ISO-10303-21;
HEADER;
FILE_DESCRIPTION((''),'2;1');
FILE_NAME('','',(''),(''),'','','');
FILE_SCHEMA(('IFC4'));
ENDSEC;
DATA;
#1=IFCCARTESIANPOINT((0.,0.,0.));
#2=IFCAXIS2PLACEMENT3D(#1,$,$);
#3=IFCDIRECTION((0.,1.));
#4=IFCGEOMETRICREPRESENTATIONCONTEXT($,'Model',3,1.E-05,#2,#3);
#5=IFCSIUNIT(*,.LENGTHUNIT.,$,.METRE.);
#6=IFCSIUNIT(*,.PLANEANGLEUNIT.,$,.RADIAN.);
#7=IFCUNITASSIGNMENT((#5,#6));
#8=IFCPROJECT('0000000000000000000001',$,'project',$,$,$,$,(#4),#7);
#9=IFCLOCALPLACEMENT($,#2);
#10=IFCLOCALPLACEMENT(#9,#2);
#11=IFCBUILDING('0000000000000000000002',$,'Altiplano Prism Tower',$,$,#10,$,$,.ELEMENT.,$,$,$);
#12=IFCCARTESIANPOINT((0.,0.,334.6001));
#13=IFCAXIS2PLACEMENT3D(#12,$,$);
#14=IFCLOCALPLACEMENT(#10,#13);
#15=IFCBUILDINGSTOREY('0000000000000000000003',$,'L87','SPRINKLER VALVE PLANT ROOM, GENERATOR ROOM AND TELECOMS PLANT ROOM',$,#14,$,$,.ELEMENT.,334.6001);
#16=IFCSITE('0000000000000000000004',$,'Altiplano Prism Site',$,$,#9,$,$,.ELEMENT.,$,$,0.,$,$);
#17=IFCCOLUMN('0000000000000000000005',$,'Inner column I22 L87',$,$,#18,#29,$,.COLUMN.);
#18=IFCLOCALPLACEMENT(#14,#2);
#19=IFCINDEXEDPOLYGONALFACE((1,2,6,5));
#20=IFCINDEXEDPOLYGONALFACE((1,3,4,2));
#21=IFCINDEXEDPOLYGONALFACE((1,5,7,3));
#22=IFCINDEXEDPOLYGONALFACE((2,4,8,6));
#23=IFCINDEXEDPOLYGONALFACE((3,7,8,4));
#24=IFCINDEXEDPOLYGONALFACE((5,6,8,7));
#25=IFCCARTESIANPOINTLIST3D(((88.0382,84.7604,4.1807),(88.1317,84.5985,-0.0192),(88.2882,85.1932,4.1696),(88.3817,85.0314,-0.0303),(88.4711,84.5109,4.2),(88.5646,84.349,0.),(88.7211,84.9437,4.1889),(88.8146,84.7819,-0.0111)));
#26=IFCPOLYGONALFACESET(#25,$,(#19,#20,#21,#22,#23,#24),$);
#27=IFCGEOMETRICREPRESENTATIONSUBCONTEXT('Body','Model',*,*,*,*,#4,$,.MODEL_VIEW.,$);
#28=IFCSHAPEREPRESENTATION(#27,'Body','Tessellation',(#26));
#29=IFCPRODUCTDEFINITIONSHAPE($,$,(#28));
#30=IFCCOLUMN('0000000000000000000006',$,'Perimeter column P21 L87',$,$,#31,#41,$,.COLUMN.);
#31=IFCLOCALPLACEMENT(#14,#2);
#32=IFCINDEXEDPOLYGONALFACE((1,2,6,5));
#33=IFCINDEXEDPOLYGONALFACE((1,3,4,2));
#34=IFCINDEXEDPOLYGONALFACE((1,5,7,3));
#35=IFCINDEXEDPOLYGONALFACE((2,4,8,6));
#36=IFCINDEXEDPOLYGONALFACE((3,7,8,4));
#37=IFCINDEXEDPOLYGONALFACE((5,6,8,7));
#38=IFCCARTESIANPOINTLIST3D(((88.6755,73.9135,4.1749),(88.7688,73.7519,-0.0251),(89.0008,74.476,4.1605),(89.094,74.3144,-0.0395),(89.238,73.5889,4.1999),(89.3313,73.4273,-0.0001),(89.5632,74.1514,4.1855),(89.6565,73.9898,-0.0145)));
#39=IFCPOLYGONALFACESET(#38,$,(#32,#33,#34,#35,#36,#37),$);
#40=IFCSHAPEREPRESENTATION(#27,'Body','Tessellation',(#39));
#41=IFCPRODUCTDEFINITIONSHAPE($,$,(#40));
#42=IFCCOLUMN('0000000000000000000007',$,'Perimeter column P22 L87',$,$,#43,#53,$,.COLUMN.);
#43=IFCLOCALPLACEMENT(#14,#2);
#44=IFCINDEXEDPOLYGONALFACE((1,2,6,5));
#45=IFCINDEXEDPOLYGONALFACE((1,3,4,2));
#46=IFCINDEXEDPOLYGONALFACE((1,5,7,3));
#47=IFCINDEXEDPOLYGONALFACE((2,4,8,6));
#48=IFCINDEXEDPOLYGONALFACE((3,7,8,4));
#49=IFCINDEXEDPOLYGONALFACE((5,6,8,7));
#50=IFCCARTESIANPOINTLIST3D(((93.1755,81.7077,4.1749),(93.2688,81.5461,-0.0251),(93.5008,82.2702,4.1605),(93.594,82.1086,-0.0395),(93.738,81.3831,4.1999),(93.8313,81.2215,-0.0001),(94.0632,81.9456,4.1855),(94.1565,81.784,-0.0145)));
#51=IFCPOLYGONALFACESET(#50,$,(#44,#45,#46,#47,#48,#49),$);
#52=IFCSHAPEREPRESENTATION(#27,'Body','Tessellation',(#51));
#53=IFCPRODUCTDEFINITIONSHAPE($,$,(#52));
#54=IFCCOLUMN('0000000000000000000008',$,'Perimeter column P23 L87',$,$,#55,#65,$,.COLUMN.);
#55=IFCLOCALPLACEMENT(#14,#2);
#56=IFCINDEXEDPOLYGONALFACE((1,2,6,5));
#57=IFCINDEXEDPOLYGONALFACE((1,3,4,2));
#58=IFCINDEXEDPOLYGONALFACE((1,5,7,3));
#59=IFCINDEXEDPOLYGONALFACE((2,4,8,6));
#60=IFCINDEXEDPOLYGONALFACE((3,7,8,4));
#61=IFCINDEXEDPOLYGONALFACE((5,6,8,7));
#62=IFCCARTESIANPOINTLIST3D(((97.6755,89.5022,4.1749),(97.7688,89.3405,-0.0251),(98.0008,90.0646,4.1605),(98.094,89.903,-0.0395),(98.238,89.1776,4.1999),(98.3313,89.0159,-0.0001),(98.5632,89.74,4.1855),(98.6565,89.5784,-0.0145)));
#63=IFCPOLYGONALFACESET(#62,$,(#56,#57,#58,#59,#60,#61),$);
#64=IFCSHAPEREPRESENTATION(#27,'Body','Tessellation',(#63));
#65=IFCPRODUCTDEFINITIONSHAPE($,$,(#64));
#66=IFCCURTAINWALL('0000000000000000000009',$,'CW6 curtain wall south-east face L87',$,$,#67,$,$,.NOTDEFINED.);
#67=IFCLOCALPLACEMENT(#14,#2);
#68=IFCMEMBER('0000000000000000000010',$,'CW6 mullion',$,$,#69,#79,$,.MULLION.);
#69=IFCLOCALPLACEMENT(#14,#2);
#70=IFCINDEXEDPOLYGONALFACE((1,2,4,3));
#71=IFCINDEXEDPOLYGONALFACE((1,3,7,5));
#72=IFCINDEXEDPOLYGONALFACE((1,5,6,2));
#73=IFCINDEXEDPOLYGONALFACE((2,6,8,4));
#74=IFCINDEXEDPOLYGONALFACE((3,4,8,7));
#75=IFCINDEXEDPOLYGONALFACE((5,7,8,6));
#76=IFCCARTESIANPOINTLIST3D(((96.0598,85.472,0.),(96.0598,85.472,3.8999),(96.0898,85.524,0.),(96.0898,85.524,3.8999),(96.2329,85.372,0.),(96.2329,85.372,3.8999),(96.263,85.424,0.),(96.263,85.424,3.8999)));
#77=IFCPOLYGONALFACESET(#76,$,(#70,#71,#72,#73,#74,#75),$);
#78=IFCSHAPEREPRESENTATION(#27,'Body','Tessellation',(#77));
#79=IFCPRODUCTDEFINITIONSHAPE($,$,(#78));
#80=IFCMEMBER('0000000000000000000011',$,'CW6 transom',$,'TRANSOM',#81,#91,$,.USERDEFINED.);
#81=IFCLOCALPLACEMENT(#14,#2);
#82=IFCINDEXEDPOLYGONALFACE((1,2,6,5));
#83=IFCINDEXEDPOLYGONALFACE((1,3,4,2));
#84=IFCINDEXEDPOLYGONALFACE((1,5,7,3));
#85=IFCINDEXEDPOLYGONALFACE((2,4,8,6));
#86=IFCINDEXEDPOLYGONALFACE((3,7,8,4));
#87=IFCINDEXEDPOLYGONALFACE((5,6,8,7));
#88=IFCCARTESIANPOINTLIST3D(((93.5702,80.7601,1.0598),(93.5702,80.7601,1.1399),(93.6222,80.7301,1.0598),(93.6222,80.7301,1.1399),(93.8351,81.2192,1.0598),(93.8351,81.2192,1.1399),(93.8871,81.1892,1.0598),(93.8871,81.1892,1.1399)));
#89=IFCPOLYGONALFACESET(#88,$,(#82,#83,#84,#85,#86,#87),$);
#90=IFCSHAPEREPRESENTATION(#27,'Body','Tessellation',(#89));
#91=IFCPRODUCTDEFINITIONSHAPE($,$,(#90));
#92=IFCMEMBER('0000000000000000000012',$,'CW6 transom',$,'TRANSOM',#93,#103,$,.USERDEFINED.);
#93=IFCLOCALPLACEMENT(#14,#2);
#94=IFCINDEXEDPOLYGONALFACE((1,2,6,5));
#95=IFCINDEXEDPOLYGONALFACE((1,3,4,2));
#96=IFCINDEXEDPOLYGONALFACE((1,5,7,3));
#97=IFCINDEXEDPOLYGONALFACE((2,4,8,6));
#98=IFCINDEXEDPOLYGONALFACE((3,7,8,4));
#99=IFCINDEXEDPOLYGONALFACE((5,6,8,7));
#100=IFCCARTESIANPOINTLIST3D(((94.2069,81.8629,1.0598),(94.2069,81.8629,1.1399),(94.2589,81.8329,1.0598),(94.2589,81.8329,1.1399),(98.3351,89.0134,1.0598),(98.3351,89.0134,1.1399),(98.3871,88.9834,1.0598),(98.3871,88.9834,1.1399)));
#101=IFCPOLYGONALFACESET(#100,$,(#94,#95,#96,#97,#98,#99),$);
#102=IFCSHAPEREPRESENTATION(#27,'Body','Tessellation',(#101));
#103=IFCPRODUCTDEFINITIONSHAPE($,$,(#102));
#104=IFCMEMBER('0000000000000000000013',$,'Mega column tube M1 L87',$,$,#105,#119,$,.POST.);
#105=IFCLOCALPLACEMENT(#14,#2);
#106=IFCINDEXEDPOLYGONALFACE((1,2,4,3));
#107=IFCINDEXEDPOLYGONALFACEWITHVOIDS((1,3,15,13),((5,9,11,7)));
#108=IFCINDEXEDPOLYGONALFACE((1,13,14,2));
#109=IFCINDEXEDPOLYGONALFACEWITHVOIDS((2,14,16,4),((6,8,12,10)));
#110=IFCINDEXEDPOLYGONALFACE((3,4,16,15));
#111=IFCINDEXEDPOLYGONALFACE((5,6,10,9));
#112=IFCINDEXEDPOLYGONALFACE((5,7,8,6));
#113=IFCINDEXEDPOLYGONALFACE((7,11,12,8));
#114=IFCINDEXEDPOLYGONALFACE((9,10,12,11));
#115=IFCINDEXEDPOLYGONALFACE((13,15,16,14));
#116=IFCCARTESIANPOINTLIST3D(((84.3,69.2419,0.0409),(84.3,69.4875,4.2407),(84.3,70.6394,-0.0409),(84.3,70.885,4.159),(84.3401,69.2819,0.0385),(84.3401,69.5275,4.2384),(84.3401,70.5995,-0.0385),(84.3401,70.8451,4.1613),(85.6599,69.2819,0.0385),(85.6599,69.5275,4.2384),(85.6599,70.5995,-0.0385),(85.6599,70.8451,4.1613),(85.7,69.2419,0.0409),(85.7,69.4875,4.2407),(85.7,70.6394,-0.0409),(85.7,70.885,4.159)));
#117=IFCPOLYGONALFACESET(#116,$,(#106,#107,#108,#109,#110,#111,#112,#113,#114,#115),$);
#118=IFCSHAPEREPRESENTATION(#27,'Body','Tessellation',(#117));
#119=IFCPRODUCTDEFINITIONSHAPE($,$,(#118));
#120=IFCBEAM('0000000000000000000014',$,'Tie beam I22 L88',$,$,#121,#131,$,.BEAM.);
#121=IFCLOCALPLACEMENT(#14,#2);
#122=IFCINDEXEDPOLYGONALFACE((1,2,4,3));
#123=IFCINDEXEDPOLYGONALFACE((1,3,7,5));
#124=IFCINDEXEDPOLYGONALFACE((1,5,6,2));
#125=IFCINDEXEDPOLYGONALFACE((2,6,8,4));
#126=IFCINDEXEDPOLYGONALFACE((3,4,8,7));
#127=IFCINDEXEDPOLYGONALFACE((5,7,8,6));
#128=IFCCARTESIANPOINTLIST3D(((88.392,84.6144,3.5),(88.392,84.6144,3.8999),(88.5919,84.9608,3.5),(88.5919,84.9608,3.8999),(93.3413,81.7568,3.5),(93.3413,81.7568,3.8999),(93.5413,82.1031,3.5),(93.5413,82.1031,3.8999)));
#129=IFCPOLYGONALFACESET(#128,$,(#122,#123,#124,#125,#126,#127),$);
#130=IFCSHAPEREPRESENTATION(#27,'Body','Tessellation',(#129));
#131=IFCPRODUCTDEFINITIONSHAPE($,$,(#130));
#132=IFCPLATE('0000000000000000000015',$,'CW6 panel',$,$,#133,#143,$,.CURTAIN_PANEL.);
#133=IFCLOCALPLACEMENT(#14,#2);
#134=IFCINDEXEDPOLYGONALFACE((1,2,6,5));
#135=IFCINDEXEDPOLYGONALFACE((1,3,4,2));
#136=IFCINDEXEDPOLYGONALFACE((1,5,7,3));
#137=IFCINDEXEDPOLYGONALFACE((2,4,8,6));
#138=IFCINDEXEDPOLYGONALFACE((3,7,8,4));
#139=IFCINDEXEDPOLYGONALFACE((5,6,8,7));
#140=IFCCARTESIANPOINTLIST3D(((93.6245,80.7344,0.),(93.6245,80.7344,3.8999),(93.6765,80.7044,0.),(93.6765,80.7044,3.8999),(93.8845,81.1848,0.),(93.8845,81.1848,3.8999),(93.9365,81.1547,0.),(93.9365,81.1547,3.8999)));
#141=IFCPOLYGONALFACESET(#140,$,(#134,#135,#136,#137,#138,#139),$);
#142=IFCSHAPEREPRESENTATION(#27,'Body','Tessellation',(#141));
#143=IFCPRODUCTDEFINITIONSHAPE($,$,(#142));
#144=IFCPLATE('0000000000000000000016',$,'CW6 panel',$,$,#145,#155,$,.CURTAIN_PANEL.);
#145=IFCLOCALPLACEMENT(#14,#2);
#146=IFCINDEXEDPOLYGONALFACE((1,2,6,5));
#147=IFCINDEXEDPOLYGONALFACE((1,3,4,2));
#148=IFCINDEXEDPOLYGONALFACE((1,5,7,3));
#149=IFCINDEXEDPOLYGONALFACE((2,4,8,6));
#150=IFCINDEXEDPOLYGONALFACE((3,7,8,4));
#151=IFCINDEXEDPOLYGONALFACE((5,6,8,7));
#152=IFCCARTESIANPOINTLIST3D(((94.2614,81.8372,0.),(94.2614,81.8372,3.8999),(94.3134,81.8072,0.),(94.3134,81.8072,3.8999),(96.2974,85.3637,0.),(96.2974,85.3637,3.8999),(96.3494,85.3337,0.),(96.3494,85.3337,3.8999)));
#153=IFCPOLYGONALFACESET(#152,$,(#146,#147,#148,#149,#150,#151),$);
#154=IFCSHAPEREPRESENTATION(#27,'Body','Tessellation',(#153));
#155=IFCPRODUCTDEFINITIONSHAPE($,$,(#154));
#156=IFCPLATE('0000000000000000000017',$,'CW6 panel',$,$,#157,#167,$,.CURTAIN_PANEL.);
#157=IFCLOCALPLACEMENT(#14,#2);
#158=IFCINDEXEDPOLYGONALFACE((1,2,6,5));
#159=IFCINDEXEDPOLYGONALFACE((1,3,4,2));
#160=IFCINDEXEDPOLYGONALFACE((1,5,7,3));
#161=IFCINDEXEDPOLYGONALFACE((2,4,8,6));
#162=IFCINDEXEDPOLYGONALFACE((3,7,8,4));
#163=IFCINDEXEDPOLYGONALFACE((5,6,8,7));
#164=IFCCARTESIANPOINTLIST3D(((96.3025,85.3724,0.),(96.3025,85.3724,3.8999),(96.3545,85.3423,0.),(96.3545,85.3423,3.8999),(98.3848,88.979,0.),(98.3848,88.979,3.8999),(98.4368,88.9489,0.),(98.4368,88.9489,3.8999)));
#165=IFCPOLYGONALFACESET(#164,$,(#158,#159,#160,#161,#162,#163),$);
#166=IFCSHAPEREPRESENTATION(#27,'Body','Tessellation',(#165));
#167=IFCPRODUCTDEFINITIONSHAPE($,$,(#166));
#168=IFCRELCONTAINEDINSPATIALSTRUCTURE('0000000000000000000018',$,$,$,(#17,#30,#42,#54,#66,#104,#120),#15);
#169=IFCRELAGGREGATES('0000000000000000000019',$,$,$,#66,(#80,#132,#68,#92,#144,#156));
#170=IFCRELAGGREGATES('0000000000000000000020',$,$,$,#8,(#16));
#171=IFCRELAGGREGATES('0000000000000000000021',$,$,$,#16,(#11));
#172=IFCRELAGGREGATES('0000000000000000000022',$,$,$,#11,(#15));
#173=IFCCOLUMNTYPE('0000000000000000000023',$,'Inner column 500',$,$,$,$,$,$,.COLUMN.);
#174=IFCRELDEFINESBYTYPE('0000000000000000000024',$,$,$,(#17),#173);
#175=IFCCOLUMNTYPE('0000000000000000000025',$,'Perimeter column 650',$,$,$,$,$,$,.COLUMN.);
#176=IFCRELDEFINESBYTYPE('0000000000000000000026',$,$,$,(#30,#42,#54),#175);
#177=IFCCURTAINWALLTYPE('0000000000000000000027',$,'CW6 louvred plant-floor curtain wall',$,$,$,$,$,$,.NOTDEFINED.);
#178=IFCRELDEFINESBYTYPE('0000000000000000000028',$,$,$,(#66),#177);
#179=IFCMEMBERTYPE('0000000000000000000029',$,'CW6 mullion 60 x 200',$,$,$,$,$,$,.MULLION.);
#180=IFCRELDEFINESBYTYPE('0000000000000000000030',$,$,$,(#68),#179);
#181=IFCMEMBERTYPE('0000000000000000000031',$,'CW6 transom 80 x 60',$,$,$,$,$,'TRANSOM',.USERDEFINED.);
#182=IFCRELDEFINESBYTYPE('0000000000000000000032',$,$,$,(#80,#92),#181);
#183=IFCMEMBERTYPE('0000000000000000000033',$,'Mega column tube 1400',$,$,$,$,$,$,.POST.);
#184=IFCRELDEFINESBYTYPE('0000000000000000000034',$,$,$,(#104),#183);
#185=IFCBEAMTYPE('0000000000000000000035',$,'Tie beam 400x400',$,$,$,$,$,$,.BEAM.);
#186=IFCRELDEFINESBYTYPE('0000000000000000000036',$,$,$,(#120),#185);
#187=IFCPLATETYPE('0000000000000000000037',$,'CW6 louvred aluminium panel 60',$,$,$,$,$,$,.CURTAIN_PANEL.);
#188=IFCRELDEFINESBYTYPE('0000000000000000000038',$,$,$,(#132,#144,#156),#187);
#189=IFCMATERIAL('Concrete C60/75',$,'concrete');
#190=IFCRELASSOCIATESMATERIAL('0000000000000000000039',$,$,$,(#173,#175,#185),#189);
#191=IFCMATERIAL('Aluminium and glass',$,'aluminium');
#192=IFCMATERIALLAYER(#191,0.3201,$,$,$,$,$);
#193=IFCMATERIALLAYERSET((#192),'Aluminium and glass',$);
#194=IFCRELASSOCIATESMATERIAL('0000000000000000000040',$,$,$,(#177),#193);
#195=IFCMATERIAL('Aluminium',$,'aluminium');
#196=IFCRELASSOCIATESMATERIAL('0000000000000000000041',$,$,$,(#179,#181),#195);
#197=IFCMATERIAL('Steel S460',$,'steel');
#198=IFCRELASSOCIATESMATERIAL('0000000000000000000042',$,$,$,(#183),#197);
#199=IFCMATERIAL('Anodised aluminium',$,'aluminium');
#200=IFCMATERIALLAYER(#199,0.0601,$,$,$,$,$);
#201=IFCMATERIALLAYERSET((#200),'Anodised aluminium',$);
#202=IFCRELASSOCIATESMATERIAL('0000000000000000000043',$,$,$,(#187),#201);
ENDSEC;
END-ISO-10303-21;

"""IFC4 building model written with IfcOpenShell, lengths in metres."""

from ifc_helpers import new_model, si_unit, direction, frame, origin, origin_2d, place, context, subcontext, project, spatial, rectangle, hollow_rectangle, extrude, material, layer, layer_set, material_profile, profile_set, type_object, element, aggregate, save


model = new_model("IFC4")

# Units and contexts
model_context = context("Model", 3, precision=1e-05, world=origin(), true_north=direction((0.0, 1.0)))
body_context = subcontext(model_context, "Body", "Model", "MODEL_VIEW")
ifc_project = project(units=[si_unit("LENGTHUNIT", "METRE"), si_unit("PLANEANGLEUNIT", "RADIAN")], contexts=[model_context])

# Site, building, storey
site_placement = place(None, origin())
site = spatial("IfcSite", under=ifc_project, at=site_placement, Name="Altiplano Prism Site", CompositionType="ELEMENT", RefElevation=0.0)
building_placement = place(site_placement, origin())
building = spatial("IfcBuilding", under=site, at=building_placement, Name="Altiplano Prism Tower", CompositionType="ELEMENT")
storey_placement = place(building_placement, frame((0.0, 0.0, 334.6001)))
storey = spatial("IfcBuildingStorey", under=building, at=storey_placement, Name="L87", Description="SPRINKLER VALVE PLANT ROOM, GENERATOR ROOM AND TELECOMS PLANT ROOM", CompositionType="ELEMENT", Elevation=334.6001)

# Columns
ifc_material_1 = material(Name="Concrete C60/75", Category="concrete")
ifc_material_profile_1 = material_profile(ifc_material_1, rectangle(XDim=0.5, YDim=0.5, at=origin_2d()), Name="Inner column 500")
ifc_profile_set_1 = profile_set([ifc_material_profile_1], Name="Concrete C60/75")
column_type_1 = type_object("IfcColumnType", Name="Inner column 500", PredefinedType="COLUMN", material=ifc_profile_set_1)
column_placement = place(storey_placement, frame((88.4731, 84.6902, -0.0151), z_axis=(-0.022242, 0.038502, 0.999011), x_axis=(-0.500034, -0.86572, 0.022232)))
element("IfcColumn", 1, at=column_placement, inside=storey, type_object=column_type_1, Name="Inner column I22 L87", PredefinedType="COLUMN", context=body_context, shape_type="SweptSolid", body=[
    extrude(rectangle(XDim=0.5, YDim=0.5, at=origin_2d()), origin(), (0.0, 0.0, 1.0), 4.2041),
])
ifc_material_profile_2 = material_profile(ifc_material_1, rectangle(XDim=0.6499, YDim=0.6499, at=origin_2d()), Name="Perimeter column 650")
ifc_profile_set_2 = profile_set([ifc_material_profile_2], Name="Concrete C60/75")
column_type_2 = type_object("IfcColumnType", Name="Perimeter column 650", PredefinedType="COLUMN", material=ifc_profile_set_2)
for number, where, z_axis, x_axis, name in (
    (2, (89.2126, 73.8708, -0.0198), (-0.022184, 0.038444, 0.999014), (-0.500448, -0.865482, 0.022193), "Perimeter column P21 L87"),
    (3, (93.7126, 81.665, -0.0198), (-0.022184, 0.038444, 0.999014), (-0.500448, -0.865482, 0.022193), "Perimeter column P22 L87"),
    (4, (98.2126, 89.4595, -0.0198), (-0.022184, 0.038444, 0.999014), (-0.500456, -0.865478, 0.022192), "Perimeter column P23 L87"),
):
    element("IfcColumn", number, at=place(storey_placement, frame(where, z_axis=z_axis, x_axis=x_axis)), inside=storey, type_object=column_type_2, Name=name, PredefinedType="COLUMN", context=body_context, shape_type="SweptSolid", body=[
        extrude(rectangle(XDim=0.6499, YDim=0.6499, at=origin_2d()), origin(), (0.0, 0.0, 1.0), 4.2041),
    ])

# Curtain wall, members
ifc_material_2 = material(Name="Aluminium and glass", Category="aluminium")
ifc_layer_1 = layer(ifc_material_2, 0.3201)
ifc_layer_set_1 = layer_set([ifc_layer_1], Name="Aluminium and glass")
curtain_wall_type = type_object("IfcCurtainWallType", Name="CW6 louvred plant-floor curtain wall", PredefinedType="NOTDEFINED", material=ifc_layer_set_1)
curtain_wall_placement = place(storey_placement, origin())
curtain_wall = element("IfcCurtainWall", 5, at=curtain_wall_placement, inside=storey, type_object=curtain_wall_type, Name="CW6 curtain wall south-east face L87", PredefinedType="NOTDEFINED")
ifc_material_3 = material(Name="Aluminium", Category="aluminium")
ifc_material_profile_3 = material_profile(ifc_material_3, rectangle(XDim=0.2, YDim=0.0601, at=origin_2d()), Name="CW6 mullion 60 x 200")
ifc_profile_set_3 = profile_set([ifc_material_profile_3], Name="Aluminium")
member_type_1 = type_object("IfcMemberType", Name="CW6 mullion 60 x 200", PredefinedType="MULLION", material=ifc_profile_set_3)
member_1_placement = place(storey_placement, frame((96.1614, 85.448, 0.0), z_axis=(0.0, 0.0, 1.0), x_axis=(-0.866025, 0.5, 0.0)))
member_1 = element("IfcMember", 6, at=member_1_placement, type_object=member_type_1, Name="CW6 mullion", PredefinedType="MULLION", context=body_context, shape_type="SweptSolid", body=[
    extrude(rectangle(XDim=0.2, YDim=0.0601, at=origin_2d()), origin(), (0.0, 0.0, 1.0), 3.8999),
])
ifc_material_profile_4 = material_profile(ifc_material_3, rectangle(XDim=0.0601, YDim=0.0801, at=origin_2d()), Name="CW6 transom 80 x 60")
ifc_profile_set_4 = profile_set([ifc_material_profile_4], Name="Aluminium")
member_type_2 = type_object("IfcMemberType", Name="CW6 transom 80 x 60", ElementType="TRANSOM", PredefinedType="USERDEFINED", material=ifc_profile_set_4)
member_2_placement = place(storey_placement, frame((93.5962, 80.7451, 1.0999), z_axis=(0.499855, 0.866109, 0.0), x_axis=(-0.866109, 0.499855, 0.0)))
member_2 = element("IfcMember", 7, at=member_2_placement, type_object=member_type_2, Name="CW6 transom", ObjectType="TRANSOM", PredefinedType="USERDEFINED", context=body_context, shape_type="SweptSolid", body=[
    extrude(rectangle(XDim=0.0601, YDim=0.0801, at=origin_2d()), origin(), (0.0, 0.0, 1.0), 0.53),
])
member_3_placement = place(storey_placement, frame((94.2329, 81.8479, 1.0999), z_axis=(0.49999, 0.866031, 0.0), x_axis=(-0.866031, 0.49999, 0.0)))
member_3 = element("IfcMember", 8, at=member_3_placement, type_object=member_type_2, Name="CW6 transom", ObjectType="TRANSOM", PredefinedType="USERDEFINED", context=body_context, shape_type="SweptSolid", body=[
    extrude(rectangle(XDim=0.0601, YDim=0.0801, at=origin_2d()), origin(), (0.0, 0.0, 1.0), 8.2566),
])

# Member
ifc_material_4 = material(Name="Steel S460", Category="steel")
ifc_material_profile_5 = material_profile(ifc_material_4, hollow_rectangle(XDim=1.3999, YDim=1.3999, WallThickness=0.04, at=origin_2d()), Name="Mega column tube 1400")
ifc_profile_set_5 = profile_set([ifc_material_profile_5], Name="Steel S460")
member_type_3 = type_object("IfcMemberType", Name="Mega column tube 1400", PredefinedType="POST", material=ifc_profile_set_5)
member_4_placement = place(storey_placement, frame((85.0, 69.9407, 0.0), z_axis=(0.0, 0.058378, 0.998295), x_axis=(-1.0, 0.0, 0.0)))
element("IfcMember", 9, at=member_4_placement, inside=storey, type_object=member_type_3, Name="Mega column tube M1 L87", PredefinedType="POST", context=body_context, shape_type="SweptSolid", body=[
    extrude(hollow_rectangle(XDim=1.3999, YDim=1.3999, WallThickness=0.04, at=origin_2d()), origin(), (0.0, 0.0, 1.0), 4.207),
])

# Beam
ifc_material_profile_6 = material_profile(ifc_material_1, rectangle(XDim=0.3999, YDim=0.3999, at=origin_2d()), Name="Tie beam 400x400")
ifc_profile_set_6 = profile_set([ifc_material_profile_6], Name="Concrete C60/75")
beam_type = type_object("IfcBeamType", Name="Tie beam 400x400", PredefinedType="BEAM", material=ifc_profile_set_6)
beam_placement = place(storey_placement, frame((88.4919, 84.7876, 3.7), z_axis=(0.866018, -0.500012, 0.0), x_axis=(0.500012, 0.866018, 0.0)))
element("IfcBeam", 10, at=beam_placement, inside=storey, type_object=beam_type, Name="Tie beam I22 L88", PredefinedType="BEAM", context=body_context, shape_type="SweptSolid", body=[
    extrude(rectangle(XDim=0.3999, YDim=0.3999, at=origin_2d()), origin(), (0.0, 0.0, 1.0), 5.7151),
])

# Plates
ifc_material_5 = material(Name="Anodised aluminium", Category="aluminium")
ifc_layer_2 = layer(ifc_material_5, 0.0601)
ifc_layer_set_2 = layer_set([ifc_layer_2], Name="Anodised aluminium")
plate_type = type_object("IfcPlateType", Name="CW6 louvred aluminium panel 60", PredefinedType="CURTAIN_PANEL", material=ifc_layer_set_2)
plate_1_placement = place(storey_placement, frame((93.7805, 80.9446, 0.0), z_axis=(0.0, 0.0, 1.0), x_axis=(0.5, 0.866025, 0.0)))
plate_1 = element("IfcPlate", 11, at=plate_1_placement, type_object=plate_type, Name="CW6 panel", PredefinedType="CURTAIN_PANEL", context=body_context, shape_type="SweptSolid", body=[
    extrude(rectangle(XDim=0.52, YDim=0.0601, at=origin_2d()), origin(), (0.0, 0.0, 1.0), 3.8999),
])
plate_2_placement = place(storey_placement, frame((95.3054, 83.5854, 0.0), z_axis=(0.0, 0.0, 1.0), x_axis=(0.5, 0.866025, 0.0)))
plate_2 = element("IfcPlate", 12, at=plate_2_placement, type_object=plate_type, Name="CW6 panel", PredefinedType="CURTAIN_PANEL", context=body_context, shape_type="SweptSolid", body=[
    extrude(rectangle(XDim=4.072, YDim=0.0601, at=origin_2d()), origin(), (0.0, 0.0, 1.0), 3.8999),
])
plate_3_placement = place(storey_placement, frame((97.3696, 87.1606, 0.0), z_axis=(0.0, 0.0, 1.0), x_axis=(0.5, 0.866025, 0.0)))
plate_3 = element("IfcPlate", 13, at=plate_3_placement, type_object=plate_type, Name="CW6 panel", PredefinedType="CURTAIN_PANEL", context=body_context, shape_type="SweptSolid", body=[
    extrude(rectangle(XDim=4.1646, YDim=0.0601, at=origin_2d()), origin(), (0.0, 0.0, 1.0), 3.8999),
])
aggregate(curtain_wall, [member_2, plate_1, member_1, member_3, plate_2, plate_3])

save(model, "model.ifc")
